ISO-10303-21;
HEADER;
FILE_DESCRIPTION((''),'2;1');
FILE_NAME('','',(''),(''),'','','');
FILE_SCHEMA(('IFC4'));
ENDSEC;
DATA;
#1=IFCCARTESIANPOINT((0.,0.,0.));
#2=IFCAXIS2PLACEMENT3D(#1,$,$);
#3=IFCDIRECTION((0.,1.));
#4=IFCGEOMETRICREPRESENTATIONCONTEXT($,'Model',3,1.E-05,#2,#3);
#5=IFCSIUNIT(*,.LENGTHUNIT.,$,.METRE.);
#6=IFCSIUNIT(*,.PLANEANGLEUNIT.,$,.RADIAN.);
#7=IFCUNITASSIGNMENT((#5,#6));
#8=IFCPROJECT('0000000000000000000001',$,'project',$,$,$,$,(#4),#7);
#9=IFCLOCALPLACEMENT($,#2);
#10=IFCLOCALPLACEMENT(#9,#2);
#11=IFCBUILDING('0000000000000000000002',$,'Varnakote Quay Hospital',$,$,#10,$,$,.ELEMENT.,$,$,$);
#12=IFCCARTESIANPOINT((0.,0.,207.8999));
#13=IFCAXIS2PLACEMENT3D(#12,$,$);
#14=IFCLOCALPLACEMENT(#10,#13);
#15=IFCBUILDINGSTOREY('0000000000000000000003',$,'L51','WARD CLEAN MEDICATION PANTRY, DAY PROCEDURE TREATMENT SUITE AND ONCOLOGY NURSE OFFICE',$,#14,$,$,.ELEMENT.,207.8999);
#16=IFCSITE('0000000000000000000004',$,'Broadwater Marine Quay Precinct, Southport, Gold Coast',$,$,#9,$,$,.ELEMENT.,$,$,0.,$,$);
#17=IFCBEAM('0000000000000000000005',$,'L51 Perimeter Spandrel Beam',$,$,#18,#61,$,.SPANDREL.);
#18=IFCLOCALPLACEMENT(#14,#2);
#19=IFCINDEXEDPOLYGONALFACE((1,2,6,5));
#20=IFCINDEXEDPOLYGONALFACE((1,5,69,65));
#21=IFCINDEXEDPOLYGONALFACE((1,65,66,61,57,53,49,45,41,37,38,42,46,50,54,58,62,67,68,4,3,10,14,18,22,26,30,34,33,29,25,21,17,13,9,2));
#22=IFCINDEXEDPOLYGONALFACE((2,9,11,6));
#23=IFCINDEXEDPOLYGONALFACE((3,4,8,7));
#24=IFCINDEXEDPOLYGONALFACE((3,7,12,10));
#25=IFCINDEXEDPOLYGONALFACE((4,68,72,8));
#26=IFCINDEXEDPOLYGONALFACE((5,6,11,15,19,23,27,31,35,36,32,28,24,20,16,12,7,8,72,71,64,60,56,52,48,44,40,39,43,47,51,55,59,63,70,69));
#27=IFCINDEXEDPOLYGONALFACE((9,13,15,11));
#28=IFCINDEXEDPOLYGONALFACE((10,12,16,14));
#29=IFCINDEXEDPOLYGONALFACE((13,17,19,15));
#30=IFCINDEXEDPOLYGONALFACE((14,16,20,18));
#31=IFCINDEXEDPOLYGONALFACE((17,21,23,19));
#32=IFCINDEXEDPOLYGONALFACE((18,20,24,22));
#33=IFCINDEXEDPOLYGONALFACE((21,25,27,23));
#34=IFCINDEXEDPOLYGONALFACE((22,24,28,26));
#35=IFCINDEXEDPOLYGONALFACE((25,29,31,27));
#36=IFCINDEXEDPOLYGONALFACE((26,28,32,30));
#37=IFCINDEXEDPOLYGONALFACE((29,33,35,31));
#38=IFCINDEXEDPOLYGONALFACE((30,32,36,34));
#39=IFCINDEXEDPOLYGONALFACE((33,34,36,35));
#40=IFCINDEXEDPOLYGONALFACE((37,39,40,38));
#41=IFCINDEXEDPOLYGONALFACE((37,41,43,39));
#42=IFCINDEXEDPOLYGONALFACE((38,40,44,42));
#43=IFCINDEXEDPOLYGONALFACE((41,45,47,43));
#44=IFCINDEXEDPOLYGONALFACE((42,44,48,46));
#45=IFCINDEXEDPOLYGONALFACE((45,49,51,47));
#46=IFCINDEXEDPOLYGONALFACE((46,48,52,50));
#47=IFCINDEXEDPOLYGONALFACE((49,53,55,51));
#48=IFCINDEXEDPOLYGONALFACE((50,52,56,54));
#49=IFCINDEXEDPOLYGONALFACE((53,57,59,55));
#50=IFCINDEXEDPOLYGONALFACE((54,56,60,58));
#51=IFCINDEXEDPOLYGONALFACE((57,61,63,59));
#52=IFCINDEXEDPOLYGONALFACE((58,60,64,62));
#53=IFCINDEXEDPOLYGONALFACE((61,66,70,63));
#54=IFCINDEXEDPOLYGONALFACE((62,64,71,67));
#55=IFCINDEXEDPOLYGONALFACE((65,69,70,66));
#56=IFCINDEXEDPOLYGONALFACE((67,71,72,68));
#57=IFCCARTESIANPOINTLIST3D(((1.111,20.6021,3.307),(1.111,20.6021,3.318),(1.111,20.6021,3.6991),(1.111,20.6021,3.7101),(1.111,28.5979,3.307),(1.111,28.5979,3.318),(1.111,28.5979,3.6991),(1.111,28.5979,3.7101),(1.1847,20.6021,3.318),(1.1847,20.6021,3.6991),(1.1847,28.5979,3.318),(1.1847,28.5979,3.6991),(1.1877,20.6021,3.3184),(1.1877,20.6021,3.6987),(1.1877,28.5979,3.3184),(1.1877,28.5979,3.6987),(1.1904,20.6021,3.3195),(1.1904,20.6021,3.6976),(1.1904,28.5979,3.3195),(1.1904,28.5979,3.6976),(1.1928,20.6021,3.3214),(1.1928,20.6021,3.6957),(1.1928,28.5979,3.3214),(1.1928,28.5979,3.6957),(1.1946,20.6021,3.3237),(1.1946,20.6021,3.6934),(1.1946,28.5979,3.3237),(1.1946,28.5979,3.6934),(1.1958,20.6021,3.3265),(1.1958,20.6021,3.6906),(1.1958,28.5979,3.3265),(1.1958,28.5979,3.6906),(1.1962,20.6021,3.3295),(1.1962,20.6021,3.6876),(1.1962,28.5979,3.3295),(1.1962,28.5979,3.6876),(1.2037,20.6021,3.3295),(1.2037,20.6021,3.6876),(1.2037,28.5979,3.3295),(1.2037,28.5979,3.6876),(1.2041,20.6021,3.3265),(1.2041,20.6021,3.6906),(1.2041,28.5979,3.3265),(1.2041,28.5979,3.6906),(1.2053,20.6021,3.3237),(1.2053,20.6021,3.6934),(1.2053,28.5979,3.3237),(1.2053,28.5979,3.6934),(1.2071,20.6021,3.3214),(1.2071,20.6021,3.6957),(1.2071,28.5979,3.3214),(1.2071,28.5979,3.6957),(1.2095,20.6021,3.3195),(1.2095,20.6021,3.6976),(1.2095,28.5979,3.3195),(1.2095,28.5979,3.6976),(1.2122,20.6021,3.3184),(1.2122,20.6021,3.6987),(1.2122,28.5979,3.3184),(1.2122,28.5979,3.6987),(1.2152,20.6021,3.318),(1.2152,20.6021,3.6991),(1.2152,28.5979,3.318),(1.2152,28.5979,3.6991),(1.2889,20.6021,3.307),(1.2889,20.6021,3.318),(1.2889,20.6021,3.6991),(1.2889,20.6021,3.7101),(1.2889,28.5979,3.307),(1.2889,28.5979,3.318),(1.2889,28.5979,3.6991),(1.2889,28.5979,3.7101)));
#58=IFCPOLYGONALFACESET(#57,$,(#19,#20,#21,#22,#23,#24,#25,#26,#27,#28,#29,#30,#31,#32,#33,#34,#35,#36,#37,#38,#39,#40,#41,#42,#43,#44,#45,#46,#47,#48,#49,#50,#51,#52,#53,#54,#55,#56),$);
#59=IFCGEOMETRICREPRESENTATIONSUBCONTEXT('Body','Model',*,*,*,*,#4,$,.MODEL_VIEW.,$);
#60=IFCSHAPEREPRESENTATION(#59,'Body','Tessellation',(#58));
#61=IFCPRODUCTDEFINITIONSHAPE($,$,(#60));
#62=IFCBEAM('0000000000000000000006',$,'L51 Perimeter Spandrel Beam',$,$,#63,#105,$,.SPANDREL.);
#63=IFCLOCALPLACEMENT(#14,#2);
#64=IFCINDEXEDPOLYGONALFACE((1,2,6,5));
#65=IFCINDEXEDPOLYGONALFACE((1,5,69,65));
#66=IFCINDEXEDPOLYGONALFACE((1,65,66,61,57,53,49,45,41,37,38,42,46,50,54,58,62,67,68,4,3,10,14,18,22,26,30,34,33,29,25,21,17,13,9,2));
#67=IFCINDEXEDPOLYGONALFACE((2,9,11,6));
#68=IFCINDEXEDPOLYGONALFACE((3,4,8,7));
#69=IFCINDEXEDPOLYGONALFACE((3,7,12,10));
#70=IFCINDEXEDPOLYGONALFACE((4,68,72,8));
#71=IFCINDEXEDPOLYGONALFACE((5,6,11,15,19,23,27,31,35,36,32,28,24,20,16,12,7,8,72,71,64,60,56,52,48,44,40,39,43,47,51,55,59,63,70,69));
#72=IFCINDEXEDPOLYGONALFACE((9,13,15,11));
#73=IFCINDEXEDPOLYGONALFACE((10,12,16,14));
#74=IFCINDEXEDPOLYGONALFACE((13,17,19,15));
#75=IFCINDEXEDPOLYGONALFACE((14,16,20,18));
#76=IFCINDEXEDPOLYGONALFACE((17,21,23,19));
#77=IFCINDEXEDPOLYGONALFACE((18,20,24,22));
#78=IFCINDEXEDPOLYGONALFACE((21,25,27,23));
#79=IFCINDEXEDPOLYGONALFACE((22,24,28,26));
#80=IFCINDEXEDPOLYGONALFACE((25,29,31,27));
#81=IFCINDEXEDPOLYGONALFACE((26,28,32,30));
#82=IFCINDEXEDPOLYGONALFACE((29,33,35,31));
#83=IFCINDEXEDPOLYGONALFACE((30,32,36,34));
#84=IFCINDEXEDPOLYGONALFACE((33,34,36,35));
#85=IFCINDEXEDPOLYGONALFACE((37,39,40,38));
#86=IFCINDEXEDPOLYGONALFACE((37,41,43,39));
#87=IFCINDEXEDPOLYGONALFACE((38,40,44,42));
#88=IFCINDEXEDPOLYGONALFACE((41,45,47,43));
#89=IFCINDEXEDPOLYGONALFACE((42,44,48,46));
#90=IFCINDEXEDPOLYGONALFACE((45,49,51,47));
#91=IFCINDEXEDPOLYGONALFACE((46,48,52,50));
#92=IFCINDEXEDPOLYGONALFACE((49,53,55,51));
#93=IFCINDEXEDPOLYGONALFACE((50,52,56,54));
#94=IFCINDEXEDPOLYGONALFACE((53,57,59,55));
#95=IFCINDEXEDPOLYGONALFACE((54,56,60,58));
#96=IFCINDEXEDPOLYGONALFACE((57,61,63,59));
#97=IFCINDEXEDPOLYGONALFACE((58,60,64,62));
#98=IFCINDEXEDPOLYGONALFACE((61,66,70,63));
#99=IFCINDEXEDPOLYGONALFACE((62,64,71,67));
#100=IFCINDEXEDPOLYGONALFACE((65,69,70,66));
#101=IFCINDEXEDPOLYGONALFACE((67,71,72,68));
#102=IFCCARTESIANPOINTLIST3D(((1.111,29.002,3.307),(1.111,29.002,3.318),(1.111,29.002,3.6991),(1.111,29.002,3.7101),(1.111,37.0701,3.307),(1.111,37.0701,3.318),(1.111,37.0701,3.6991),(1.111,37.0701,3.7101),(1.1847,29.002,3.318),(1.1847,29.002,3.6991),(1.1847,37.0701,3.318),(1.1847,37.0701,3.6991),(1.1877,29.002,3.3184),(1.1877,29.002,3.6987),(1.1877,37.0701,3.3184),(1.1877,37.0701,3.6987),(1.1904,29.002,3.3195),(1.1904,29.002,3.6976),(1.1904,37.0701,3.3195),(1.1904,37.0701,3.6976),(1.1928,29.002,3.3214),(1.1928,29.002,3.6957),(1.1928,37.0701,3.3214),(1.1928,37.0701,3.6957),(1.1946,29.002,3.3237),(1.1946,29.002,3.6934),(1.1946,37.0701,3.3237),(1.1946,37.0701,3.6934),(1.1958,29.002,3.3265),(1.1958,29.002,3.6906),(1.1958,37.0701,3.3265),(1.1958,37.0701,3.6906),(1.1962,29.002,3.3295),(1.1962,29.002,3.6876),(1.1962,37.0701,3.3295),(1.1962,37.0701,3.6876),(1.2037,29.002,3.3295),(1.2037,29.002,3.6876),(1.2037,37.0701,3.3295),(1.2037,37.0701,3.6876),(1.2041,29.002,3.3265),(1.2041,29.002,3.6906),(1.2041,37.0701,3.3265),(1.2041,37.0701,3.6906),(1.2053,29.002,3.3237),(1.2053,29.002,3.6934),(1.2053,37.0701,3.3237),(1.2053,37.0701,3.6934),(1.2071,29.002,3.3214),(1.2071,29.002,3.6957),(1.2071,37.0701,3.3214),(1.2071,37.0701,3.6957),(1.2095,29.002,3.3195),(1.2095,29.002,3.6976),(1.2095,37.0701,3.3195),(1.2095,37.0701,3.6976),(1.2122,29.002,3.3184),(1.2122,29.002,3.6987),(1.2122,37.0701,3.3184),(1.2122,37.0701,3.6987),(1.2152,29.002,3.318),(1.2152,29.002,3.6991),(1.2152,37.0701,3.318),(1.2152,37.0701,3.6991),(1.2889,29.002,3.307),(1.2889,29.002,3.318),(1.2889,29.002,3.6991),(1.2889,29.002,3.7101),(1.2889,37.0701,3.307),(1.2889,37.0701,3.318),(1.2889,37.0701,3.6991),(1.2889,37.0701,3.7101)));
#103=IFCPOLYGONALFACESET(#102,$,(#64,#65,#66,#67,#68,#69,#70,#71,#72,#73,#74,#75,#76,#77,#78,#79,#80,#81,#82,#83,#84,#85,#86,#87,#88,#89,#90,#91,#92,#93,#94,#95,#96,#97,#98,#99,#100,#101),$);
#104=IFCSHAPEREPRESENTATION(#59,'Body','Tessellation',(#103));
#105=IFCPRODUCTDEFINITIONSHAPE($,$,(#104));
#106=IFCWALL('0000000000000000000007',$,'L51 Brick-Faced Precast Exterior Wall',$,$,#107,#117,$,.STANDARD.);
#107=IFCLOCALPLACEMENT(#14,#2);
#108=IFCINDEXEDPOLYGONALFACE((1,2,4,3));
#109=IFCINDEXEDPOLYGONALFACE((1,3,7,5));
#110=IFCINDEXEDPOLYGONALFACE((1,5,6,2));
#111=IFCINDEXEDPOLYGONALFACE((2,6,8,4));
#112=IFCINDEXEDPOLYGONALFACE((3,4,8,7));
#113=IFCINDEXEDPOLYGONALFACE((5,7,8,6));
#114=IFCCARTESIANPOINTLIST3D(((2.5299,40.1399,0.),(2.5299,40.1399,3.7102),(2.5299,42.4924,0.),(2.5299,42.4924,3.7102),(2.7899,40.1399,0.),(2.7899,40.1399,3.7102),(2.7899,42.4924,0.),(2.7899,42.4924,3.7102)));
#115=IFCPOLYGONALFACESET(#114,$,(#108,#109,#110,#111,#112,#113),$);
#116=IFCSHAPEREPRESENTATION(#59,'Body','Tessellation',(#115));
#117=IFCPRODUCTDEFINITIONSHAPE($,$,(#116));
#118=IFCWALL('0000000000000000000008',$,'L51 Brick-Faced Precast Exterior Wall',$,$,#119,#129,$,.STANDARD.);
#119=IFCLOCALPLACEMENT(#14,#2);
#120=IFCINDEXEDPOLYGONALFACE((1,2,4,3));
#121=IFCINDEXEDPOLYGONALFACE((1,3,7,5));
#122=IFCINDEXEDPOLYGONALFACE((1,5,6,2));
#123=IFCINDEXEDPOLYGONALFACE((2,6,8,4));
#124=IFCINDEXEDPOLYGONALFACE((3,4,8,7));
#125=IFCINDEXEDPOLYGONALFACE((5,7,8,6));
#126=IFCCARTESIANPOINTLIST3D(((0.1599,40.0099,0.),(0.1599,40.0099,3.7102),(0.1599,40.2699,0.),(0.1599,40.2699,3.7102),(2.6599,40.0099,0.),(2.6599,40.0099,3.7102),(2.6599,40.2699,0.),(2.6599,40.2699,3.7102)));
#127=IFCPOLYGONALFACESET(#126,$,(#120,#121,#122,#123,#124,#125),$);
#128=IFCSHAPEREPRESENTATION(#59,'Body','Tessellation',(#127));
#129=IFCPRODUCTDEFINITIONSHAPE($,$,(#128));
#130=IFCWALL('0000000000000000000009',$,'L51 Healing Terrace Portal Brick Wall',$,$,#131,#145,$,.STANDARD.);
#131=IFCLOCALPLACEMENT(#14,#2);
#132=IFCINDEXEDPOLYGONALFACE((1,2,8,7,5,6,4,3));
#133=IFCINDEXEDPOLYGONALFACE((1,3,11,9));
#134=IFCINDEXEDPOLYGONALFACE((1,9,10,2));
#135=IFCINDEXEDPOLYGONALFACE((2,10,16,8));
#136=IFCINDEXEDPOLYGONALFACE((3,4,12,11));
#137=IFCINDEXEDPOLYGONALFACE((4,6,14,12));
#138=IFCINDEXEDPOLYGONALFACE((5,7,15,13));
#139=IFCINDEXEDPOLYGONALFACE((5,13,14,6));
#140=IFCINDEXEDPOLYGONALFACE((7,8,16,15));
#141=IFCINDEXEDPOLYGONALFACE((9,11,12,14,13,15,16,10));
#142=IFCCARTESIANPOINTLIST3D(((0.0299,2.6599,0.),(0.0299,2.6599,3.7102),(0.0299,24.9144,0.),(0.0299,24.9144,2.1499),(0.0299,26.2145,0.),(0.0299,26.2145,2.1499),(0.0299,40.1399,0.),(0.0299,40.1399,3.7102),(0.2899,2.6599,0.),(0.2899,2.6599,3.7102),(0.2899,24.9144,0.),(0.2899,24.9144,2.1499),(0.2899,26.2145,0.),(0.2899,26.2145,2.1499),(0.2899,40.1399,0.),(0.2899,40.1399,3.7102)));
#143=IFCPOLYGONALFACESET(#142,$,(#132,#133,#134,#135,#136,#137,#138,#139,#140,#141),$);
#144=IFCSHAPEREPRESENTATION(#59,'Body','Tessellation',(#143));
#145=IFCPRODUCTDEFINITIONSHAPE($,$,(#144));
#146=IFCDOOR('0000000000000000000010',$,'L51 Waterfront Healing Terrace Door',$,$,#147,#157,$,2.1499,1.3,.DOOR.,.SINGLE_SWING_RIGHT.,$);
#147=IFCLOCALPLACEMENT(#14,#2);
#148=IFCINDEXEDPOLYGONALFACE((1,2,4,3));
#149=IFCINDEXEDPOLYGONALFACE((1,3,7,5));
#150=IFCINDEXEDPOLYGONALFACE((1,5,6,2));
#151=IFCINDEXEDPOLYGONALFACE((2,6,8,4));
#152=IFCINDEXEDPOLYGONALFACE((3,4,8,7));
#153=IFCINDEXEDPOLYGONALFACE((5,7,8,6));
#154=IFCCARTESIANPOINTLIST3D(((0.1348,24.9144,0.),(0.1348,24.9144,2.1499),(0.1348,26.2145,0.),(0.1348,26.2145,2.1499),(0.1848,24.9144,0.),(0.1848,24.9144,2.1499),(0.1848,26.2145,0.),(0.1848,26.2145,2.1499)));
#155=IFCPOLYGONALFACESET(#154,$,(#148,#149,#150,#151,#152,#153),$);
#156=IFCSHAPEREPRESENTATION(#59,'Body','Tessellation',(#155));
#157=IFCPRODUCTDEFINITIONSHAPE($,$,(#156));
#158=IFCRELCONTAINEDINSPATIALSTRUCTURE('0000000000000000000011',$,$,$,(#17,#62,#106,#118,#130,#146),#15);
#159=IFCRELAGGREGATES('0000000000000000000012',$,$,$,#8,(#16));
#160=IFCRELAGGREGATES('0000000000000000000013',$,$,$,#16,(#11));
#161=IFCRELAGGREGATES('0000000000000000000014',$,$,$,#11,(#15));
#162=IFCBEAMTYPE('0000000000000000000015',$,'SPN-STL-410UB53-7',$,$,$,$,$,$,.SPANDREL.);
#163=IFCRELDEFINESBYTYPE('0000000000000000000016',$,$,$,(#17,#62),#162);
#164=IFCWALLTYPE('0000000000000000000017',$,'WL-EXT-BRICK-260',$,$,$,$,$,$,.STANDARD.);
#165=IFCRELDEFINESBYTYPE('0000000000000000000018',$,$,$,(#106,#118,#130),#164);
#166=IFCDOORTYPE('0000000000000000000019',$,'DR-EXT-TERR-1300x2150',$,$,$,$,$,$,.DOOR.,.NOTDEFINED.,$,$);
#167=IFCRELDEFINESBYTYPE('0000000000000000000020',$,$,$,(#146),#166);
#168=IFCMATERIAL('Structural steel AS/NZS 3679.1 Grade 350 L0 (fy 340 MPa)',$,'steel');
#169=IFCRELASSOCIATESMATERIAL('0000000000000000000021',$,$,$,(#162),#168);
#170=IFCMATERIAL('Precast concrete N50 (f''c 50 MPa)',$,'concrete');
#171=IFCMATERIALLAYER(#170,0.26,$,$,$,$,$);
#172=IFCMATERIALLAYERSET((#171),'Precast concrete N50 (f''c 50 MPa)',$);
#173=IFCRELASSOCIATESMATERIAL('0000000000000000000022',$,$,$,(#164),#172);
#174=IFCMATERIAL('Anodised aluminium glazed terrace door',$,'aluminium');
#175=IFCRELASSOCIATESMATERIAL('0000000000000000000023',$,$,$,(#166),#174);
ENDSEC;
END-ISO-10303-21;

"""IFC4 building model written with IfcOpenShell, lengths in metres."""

from ifc_helpers import new_model, si_unit, direction, frame, frame_2d, origin, origin_2d, place, context, subcontext, project, spatial, rectangle, i_section, extrude, material, layer, layer_set, material_profile, profile_set, type_object, element, fill, save


model = new_model("IFC4")

# Units and contexts
model_context = context("Model", 3, precision=1e-05, world=origin(), true_north=direction((0.0, 1.0)))
body_context = subcontext(model_context, "Body", "Model", "MODEL_VIEW")
ifc_project = project(units=[si_unit("LENGTHUNIT", "METRE"), si_unit("PLANEANGLEUNIT", "RADIAN")], contexts=[model_context])

# Site, building, storey
site_placement = place(None, origin())
site = spatial("IfcSite", under=ifc_project, at=site_placement, Name="Broadwater Marine Quay Precinct, Southport, Gold Coast", CompositionType="ELEMENT", RefElevation=0.0)
building_placement = place(site_placement, origin())
building = spatial("IfcBuilding", under=site, at=building_placement, Name="Varnakote Quay Hospital", CompositionType="ELEMENT")
storey_placement = place(building_placement, frame((0.0, 0.0, 207.8999)))
storey = spatial("IfcBuildingStorey", under=building, at=storey_placement, Name="L51", Description="WARD CLEAN MEDICATION PANTRY, DAY PROCEDURE TREATMENT SUITE AND ONCOLOGY NURSE OFFICE", CompositionType="ELEMENT", Elevation=207.8999)

# Beams
ifc_material_1 = material(Name="Structural steel AS/NZS 3679.1 Grade 350 L0 (fy 340 MPa)", Category="steel")
ifc_material_profile_1 = material_profile(ifc_material_1, i_section(OverallWidth=0.178, OverallDepth=0.4031, WebThickness=0.0076, FlangeThickness=0.011, FilletRadius=0.0115, at=origin_2d()), Name="410UB53.7")
ifc_profile_set_1 = profile_set([ifc_material_profile_1], Name="Structural steel AS/NZS 3679.1 Grade 350 L0 (fy 340 MPa)")
beam_type_1 = type_object("IfcBeamType", Name="SPN-STL-410UB53-7", PredefinedType="SPANDREL", material=ifc_profile_set_1)
beam_1_placement = place(storey_placement, frame((1.2, 20.6021, 3.5085), z_axis=(0.0, 1.0, 0.0), x_axis=(-1.0, 0.0, 0.0)))
element("IfcBeam", 1, at=beam_1_placement, inside=storey, type_object=beam_type_1, Name="L51 Perimeter Spandrel Beam", PredefinedType="SPANDREL", context=body_context, shape_type="SweptSolid", body=[
    extrude(i_section(OverallWidth=0.178, OverallDepth=0.4031, WebThickness=0.0076, FlangeThickness=0.011, FilletRadius=0.0115, at=origin_2d()), origin(), (0.0, 0.0, 1.0), 7.9958),
])
beam_2_placement = place(storey_placement, frame((1.2, 29.002, 3.5085), z_axis=(0.0, 1.0, 0.0), x_axis=(-1.0, 0.0, 0.0)))
element("IfcBeam", 2, at=beam_2_placement, inside=storey, type_object=beam_type_1, Name="L51 Perimeter Spandrel Beam", PredefinedType="SPANDREL", context=body_context, shape_type="SweptSolid", body=[
    extrude(i_section(OverallWidth=0.178, OverallDepth=0.4031, WebThickness=0.0076, FlangeThickness=0.011, FilletRadius=0.0115, at=origin_2d()), origin(), (0.0, 0.0, 1.0), 8.0681),
])

# Walls
ifc_material_2 = material(Name="Precast concrete N50 (f'c 50 MPa)", Category="concrete")
ifc_layer = layer(ifc_material_2, 0.26)
ifc_layer_set = layer_set([ifc_layer], Name="Precast concrete N50 (f'c 50 MPa)")
wall_type = type_object("IfcWallType", Name="WL-EXT-BRICK-260", PredefinedType="STANDARD", material=ifc_layer_set)
wall_1_placement = place(storey_placement, frame((2.6599, 42.4924, 0.0), z_axis=(0.0, 0.0, 1.0), x_axis=(0.0, -1.0, 0.0)))
element("IfcWall", 3, at=wall_1_placement, inside=storey, type_object=wall_type, Name="L51 Brick-Faced Precast Exterior Wall", PredefinedType="STANDARD", context=body_context, shape_type="SweptSolid", body=[
    extrude(rectangle(XDim=2.3525, YDim=0.26, at=frame_2d((1.1763, 0.0))), origin(), (0.0, 0.0, 1.0), 3.7102),
])
wall_2_placement = place(storey_placement, frame((2.6599, 40.1399, 0.0), z_axis=(0.0, 0.0, 1.0), x_axis=(-1.0, 0.0, 0.0)))
element("IfcWall", 4, at=wall_2_placement, inside=storey, type_object=wall_type, Name="L51 Brick-Faced Precast Exterior Wall", PredefinedType="STANDARD", context=body_context, shape_type="SweptSolid", body=[
    extrude(rectangle(XDim=2.5, YDim=0.26, at=frame_2d((1.25, 0.0))), origin(), (0.0, 0.0, 1.0), 3.7102),
])

# Wall, opening, door
wall_3_placement = place(storey_placement, frame((0.1599, 40.1399, 0.0), z_axis=(0.0, 0.0, 1.0), x_axis=(0.0, -1.0, 0.0)))
wall_3 = element("IfcWall", 5, at=wall_3_placement, inside=storey, type_object=wall_type, Name="L51 Healing Terrace Portal Brick Wall", PredefinedType="STANDARD", context=body_context, shape_type="SweptSolid", body=[
    extrude(rectangle(XDim=37.48, YDim=0.26, at=frame_2d((18.74, 0.0))), origin(), (0.0, 0.0, 1.0), 3.7102),
])
opening_placement = place(wall_3_placement, frame((13.9255, 0.0, 0.0)))
opening = element("IfcOpeningElement", 6, at=opening_placement, cuts=wall_3, PredefinedType="OPENING", context=body_context, shape_type="SweptSolid", body=[
    extrude(rectangle(XDim=1.3, YDim=2.1499, at=frame_2d((0.6499, 1.075))), frame((0.0, 0.1399, 0.0), z_axis=(0.0, -1.0, 0.0), x_axis=(1.0, 0.0, 0.0)), (0.0, 0.0, 1.0), 0.28),
])
ifc_material_3 = material(Name="Anodised aluminium glazed terrace door", Category="aluminium")
door_type = type_object("IfcDoorType", Name="DR-EXT-TERR-1300x2150", OperationType="NOTDEFINED", PredefinedType="DOOR", material=ifc_material_3)
door_placement = place(opening_placement, origin())
door = element("IfcDoor", 7, at=door_placement, inside=storey, type_object=door_type, Name="L51 Waterfront Healing Terrace Door", OperationType="SINGLE_SWING_RIGHT", OverallHeight=2.1499, OverallWidth=1.3, PredefinedType="DOOR", context=body_context, shape_type="SweptSolid", body=[
    extrude(rectangle(XDim=1.3, YDim=2.1499, at=frame_2d((0.6499, 1.075))), frame((0.0, 0.0249, 0.0), z_axis=(0.0, -1.0, 0.0), x_axis=(1.0, 0.0, 0.0)), (0.0, 0.0, 1.0), 0.05),
])
fill(opening, door)

save(model, "model.ifc")
